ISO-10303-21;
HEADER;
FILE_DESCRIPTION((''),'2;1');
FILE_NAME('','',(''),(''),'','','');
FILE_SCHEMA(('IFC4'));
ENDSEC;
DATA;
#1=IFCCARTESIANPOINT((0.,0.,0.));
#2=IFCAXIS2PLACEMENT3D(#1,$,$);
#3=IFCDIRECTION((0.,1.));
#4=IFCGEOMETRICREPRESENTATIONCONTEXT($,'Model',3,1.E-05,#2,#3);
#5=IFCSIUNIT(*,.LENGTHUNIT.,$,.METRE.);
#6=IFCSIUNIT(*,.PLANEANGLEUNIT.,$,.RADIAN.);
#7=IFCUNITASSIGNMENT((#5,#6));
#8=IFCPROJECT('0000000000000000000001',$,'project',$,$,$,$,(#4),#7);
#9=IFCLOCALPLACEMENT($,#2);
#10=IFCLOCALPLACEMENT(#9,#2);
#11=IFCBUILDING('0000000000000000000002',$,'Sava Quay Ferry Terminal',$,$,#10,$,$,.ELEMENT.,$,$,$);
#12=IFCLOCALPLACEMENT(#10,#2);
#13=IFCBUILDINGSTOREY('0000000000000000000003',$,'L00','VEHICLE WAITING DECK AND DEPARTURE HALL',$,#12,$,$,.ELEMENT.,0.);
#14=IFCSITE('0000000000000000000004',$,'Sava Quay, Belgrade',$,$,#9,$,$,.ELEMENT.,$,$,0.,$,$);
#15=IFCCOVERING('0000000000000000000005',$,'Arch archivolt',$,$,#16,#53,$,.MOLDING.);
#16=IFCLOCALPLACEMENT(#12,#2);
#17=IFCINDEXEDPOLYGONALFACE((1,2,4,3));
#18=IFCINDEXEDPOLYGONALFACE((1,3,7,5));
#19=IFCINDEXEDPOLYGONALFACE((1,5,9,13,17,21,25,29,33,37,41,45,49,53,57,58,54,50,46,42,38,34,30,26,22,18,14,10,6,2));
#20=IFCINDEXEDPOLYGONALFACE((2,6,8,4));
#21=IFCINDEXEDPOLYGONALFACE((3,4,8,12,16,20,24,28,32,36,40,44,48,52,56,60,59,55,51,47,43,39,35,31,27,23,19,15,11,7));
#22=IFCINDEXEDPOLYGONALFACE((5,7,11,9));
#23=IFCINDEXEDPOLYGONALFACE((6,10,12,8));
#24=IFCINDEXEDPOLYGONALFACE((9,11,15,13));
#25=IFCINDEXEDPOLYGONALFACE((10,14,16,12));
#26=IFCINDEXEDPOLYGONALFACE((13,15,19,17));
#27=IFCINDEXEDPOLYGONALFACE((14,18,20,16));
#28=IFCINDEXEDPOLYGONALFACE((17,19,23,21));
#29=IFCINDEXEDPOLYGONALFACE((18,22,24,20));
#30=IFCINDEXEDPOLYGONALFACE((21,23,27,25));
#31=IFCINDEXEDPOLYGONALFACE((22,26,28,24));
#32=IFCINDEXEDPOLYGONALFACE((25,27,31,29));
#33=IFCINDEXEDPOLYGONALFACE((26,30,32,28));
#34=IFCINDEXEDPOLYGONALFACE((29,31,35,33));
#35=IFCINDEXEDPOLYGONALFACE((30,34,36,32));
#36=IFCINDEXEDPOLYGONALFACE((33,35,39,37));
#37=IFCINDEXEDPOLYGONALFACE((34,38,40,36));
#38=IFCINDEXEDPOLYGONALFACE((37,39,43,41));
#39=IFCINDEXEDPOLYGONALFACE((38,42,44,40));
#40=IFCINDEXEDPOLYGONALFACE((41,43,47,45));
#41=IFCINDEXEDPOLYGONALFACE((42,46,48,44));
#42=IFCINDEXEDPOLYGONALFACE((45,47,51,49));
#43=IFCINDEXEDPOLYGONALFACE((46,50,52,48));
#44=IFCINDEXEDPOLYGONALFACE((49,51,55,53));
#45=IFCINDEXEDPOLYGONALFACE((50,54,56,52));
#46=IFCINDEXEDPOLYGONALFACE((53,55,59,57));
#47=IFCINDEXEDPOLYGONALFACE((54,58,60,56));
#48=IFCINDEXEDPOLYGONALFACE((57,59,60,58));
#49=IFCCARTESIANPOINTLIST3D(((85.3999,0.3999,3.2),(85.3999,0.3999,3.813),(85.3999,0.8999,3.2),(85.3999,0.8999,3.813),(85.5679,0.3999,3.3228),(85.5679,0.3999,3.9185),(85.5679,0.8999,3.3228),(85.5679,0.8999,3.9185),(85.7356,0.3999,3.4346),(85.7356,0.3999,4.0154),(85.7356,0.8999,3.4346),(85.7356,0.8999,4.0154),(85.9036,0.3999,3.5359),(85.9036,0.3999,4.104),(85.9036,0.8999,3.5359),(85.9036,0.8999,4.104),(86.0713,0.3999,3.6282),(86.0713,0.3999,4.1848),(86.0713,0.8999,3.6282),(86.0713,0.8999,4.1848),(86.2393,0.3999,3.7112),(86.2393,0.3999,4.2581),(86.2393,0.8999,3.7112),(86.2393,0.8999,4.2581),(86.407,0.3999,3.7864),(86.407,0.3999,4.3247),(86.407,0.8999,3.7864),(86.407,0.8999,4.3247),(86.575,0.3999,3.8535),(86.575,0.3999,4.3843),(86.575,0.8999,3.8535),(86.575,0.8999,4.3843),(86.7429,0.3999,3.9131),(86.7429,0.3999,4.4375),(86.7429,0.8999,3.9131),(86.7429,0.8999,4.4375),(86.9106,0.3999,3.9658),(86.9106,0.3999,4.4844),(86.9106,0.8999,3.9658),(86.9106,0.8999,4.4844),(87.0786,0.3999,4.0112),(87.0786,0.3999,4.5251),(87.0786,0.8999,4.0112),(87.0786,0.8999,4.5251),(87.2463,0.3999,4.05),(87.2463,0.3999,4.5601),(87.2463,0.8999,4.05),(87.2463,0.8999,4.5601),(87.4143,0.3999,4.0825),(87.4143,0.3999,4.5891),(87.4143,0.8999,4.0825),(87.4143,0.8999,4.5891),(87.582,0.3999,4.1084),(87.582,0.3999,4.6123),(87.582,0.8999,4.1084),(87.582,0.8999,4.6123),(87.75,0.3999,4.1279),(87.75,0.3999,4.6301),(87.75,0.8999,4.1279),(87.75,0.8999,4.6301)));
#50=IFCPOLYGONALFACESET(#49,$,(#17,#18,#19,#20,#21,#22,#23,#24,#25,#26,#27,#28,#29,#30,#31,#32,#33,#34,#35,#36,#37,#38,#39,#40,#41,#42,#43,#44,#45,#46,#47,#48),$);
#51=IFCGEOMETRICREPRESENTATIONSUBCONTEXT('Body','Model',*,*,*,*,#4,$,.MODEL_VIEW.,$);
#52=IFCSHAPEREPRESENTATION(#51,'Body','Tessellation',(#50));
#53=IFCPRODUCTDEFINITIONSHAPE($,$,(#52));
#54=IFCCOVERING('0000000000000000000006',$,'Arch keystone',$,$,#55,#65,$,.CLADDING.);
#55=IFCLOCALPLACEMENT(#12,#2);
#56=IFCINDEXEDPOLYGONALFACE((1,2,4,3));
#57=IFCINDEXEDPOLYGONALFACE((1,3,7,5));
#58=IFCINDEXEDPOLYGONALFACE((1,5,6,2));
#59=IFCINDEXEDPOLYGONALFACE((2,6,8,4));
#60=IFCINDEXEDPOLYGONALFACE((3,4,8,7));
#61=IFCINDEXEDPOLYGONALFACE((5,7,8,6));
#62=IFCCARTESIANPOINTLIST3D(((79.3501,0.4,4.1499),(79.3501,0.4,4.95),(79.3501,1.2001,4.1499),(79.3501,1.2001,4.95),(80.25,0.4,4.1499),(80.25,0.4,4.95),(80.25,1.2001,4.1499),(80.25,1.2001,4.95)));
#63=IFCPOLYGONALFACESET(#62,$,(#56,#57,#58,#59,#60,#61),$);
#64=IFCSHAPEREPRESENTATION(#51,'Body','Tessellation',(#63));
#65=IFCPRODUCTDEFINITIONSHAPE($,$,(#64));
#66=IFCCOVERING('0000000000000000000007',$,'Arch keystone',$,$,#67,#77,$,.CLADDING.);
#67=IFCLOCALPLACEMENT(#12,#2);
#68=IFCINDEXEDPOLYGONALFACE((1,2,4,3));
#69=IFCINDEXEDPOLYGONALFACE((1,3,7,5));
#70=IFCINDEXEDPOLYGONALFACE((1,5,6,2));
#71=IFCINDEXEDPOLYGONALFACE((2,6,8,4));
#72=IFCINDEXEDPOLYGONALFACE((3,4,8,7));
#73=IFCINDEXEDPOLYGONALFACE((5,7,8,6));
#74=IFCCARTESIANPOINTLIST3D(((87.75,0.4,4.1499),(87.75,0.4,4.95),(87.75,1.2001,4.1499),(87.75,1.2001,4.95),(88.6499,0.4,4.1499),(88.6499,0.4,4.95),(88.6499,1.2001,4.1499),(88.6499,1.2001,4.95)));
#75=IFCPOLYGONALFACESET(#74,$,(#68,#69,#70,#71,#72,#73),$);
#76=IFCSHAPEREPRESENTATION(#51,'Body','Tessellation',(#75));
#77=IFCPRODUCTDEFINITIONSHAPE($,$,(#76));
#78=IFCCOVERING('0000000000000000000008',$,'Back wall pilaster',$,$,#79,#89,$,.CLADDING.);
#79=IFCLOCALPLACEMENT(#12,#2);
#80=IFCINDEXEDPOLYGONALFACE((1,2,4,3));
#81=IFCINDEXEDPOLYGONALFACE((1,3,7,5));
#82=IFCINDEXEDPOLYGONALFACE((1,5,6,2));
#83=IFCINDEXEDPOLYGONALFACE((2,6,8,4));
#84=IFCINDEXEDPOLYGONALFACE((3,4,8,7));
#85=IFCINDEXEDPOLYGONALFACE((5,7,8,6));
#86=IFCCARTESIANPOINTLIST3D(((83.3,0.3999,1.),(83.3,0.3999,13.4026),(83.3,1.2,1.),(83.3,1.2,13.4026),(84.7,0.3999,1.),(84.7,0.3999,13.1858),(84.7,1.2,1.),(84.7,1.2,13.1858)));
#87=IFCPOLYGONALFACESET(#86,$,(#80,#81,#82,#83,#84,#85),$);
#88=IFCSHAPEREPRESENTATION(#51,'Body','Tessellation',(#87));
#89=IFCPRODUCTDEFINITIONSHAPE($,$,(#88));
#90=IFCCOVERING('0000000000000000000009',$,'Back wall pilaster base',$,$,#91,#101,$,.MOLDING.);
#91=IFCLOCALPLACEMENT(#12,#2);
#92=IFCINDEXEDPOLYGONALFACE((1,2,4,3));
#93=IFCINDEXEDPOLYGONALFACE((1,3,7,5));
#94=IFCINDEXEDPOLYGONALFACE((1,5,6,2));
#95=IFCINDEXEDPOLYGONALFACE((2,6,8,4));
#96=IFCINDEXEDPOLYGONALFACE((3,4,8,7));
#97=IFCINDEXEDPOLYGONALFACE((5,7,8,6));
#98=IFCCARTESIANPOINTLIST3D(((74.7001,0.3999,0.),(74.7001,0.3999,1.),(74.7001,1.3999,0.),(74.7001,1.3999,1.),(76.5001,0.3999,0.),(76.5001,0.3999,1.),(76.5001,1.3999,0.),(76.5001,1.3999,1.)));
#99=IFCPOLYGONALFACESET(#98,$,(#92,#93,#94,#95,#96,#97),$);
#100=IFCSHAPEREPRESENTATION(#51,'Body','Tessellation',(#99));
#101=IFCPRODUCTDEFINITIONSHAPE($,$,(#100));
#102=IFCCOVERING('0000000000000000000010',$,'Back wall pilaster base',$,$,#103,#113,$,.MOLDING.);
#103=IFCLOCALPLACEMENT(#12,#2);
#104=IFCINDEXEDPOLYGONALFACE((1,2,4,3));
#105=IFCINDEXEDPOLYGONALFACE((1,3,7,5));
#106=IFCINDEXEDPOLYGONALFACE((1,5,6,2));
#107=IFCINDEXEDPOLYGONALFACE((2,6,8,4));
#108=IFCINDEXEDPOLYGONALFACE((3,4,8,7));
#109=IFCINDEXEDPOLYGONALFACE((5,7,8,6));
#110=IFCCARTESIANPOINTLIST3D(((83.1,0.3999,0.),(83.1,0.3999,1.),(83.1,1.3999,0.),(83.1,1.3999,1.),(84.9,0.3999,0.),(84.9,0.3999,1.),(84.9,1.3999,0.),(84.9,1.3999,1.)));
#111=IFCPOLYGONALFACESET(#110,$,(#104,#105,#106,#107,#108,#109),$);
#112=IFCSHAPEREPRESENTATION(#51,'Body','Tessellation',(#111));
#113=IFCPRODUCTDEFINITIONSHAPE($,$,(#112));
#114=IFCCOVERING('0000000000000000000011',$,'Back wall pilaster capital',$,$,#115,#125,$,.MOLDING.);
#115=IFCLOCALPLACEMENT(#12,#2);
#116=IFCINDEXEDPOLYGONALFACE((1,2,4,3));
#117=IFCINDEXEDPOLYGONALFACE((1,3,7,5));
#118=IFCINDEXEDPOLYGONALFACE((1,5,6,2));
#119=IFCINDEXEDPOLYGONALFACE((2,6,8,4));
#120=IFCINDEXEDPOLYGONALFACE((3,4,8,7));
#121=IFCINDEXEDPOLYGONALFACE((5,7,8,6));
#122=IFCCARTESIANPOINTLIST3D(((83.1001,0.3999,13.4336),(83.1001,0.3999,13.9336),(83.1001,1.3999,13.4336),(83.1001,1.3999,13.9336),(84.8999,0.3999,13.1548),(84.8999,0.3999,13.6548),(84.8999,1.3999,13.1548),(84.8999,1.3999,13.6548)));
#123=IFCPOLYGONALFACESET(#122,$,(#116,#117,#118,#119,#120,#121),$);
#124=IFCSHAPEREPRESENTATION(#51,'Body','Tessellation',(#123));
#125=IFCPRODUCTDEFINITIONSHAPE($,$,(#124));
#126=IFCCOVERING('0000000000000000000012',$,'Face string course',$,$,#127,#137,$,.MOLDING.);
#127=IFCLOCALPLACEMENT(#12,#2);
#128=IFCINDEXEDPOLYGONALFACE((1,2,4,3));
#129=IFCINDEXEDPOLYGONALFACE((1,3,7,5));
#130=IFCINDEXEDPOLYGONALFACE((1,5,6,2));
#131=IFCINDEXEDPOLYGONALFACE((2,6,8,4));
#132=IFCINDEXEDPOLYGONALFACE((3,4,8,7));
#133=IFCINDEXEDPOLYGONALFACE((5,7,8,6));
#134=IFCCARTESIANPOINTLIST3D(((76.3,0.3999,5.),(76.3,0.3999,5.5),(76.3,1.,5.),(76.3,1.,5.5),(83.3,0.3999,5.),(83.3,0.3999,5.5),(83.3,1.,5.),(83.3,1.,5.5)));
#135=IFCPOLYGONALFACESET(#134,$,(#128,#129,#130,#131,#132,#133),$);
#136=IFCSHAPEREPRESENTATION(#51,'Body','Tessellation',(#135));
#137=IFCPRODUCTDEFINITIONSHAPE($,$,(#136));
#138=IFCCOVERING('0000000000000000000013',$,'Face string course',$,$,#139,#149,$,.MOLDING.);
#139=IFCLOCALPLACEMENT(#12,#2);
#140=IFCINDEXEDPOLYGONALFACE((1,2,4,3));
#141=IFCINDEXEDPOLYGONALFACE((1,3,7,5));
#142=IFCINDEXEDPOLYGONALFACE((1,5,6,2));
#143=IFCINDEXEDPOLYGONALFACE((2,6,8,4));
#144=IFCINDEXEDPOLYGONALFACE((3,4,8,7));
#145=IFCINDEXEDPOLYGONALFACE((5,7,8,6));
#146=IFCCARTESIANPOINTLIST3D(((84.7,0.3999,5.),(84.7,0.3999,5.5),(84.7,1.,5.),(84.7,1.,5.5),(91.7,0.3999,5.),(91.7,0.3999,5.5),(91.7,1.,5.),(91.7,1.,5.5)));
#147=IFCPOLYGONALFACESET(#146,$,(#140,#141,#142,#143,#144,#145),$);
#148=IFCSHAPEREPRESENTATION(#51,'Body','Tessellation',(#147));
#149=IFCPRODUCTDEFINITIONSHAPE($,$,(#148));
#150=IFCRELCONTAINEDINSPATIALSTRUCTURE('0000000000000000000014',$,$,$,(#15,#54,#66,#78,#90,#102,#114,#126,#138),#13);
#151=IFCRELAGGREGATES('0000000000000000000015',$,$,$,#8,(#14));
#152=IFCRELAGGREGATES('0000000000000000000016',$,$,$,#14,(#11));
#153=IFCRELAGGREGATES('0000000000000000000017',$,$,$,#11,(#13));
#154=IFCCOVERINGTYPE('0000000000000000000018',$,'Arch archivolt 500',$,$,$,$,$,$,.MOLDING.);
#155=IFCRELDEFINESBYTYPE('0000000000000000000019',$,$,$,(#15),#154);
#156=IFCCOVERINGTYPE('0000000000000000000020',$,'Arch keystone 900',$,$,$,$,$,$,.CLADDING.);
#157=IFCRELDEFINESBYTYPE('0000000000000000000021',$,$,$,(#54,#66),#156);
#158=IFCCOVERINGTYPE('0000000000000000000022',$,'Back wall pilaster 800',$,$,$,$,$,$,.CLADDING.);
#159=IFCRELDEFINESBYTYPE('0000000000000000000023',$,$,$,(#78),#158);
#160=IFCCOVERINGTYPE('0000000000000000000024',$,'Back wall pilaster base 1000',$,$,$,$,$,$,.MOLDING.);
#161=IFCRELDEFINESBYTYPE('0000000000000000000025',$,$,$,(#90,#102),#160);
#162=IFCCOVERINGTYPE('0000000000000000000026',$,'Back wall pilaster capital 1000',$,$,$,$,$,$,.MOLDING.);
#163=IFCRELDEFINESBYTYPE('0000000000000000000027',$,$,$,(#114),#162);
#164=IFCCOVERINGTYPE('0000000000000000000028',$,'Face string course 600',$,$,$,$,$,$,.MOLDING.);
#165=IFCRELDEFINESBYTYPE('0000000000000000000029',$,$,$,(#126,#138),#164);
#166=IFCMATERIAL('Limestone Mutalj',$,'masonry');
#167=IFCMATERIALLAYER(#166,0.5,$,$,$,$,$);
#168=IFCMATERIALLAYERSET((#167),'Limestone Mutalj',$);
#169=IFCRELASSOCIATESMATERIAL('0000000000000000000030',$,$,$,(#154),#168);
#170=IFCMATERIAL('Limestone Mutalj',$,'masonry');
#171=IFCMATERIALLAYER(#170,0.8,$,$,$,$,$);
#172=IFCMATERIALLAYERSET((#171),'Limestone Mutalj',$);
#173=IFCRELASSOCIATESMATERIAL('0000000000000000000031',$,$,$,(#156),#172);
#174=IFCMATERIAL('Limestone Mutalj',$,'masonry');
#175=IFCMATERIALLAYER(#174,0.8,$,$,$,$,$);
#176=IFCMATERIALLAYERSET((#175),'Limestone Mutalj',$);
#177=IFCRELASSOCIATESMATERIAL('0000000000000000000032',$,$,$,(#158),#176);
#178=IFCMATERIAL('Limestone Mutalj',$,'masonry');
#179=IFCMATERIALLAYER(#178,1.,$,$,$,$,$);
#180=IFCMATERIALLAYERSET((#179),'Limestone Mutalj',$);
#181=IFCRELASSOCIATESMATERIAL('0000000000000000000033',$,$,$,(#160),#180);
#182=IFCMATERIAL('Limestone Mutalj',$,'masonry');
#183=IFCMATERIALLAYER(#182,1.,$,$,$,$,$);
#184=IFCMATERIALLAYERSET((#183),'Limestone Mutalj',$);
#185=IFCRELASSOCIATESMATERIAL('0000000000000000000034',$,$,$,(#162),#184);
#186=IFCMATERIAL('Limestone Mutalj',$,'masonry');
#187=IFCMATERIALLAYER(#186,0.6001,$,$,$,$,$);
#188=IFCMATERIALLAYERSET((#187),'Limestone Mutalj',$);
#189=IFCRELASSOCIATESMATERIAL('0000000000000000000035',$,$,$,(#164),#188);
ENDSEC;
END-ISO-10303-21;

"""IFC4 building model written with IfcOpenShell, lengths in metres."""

from ifc_helpers import new_model, si_unit, direction, frame, origin, origin_2d, place, context, subcontext, project, spatial, polyline, rectangle, outline, extrude, material, layer, layer_set, type_object, element, save


model = new_model("IFC4")

# Units and contexts
model_context = context("Model", 3, precision=1e-05, world=origin(), true_north=direction((0.0, 1.0)))
body_context = subcontext(model_context, "Body", "Model", "MODEL_VIEW")
ifc_project = project(units=[si_unit("LENGTHUNIT", "METRE"), si_unit("PLANEANGLEUNIT", "RADIAN")], contexts=[model_context])

# Site, building, storey
site_placement = place(None, origin())
site = spatial("IfcSite", under=ifc_project, at=site_placement, Name="Sava Quay, Belgrade", CompositionType="ELEMENT", RefElevation=0.0)
building_placement = place(site_placement, origin())
building = spatial("IfcBuilding", under=site, at=building_placement, Name="Sava Quay Ferry Terminal", CompositionType="ELEMENT")
storey_placement = place(building_placement, origin())
storey = spatial("IfcBuildingStorey", under=building, at=storey_placement, Name="L00", Description="VEHICLE WAITING DECK AND DEPARTURE HALL", CompositionType="ELEMENT", Elevation=0.0)

# Coverings
ifc_material_1 = material(Name="Limestone Mutalj", Category="masonry")
ifc_layer_1 = layer(ifc_material_1, 0.5)
ifc_layer_set_1 = layer_set([ifc_layer_1], Name="Limestone Mutalj")
covering_type_1 = type_object("IfcCoveringType", Name="Arch archivolt 500", PredefinedType="MOLDING", material=ifc_layer_set_1)
covering_1_placement = place(storey_placement, frame((85.3999, 0.3999, 3.2), z_axis=(0.0, -1.0, 0.0), x_axis=(0.807262, 0.0, 0.590193)))
element("IfcCovering", 1, at=covering_1_placement, inside=storey, type_object=covering_type_1, Name="Arch archivolt", PredefinedType="MOLDING", context=body_context, shape_type="SweptSolid", body=[
    extrude(outline(polyline([(0.0, 0.0), (0.2081, 0.0), (0.4095, -0.0087), (0.6049, -0.0261), (0.7947, -0.0506), (0.9793, -0.0827), (1.1591, -0.121), (1.3343, -0.1659), (1.5051, -0.217), (1.6716, -0.2734), (1.834, -0.3358), (1.9923, -0.4035), (2.147, -0.4764), (2.2977, -0.5545), (2.4448, -0.6379), (2.7412, -0.2325), (2.5951, -0.1477), (2.446, -0.0675), (2.2933, 0.0082), (2.1373, 0.079), (1.9776, 0.1452), (1.8146, 0.2064), (1.6476, 0.2626), (1.4768, 0.3136), (1.3021, 0.3588), (1.1232, 0.3988), (0.9402, 0.4325), (0.7523, 0.4601), (0.5597, 0.4809), (0.3618, 0.4949), (0.0, 0.0)])), origin(), (0.0, 0.0, -1.0), 0.5),
])
ifc_material_2 = material(Name="Limestone Mutalj", Category="masonry")
ifc_layer_2 = layer(ifc_material_2, 0.8)
ifc_layer_set_2 = layer_set([ifc_layer_2], Name="Limestone Mutalj")
covering_type_2 = type_object("IfcCoveringType", Name="Arch keystone 900", PredefinedType="CLADDING", material=ifc_layer_set_2)
for number, where, z_axis, x_axis, name in (
    (2, (79.8, 0.8, 4.1499), (0.0, 0.0, 1.0), (1.0, 0.0, 0.0), "Arch keystone"),
    (3, (88.2, 0.8, 4.1499), (0.0, 0.0, 1.0), (1.0, 0.0, 0.0), "Arch keystone"),
):
    element("IfcCovering", number, at=place(storey_placement, frame(where, z_axis=z_axis, x_axis=x_axis)), inside=storey, type_object=covering_type_2, Name=name, PredefinedType="CLADDING", context=body_context, shape_type="SweptSolid", body=[
        extrude(rectangle(XDim=0.8999, YDim=0.8, at=origin_2d()), origin(), (0.0, 0.0, 1.0), 0.8),
    ])
ifc_material_3 = material(Name="Limestone Mutalj", Category="masonry")
ifc_layer_3 = layer(ifc_material_3, 0.8)
ifc_layer_set_3 = layer_set([ifc_layer_3], Name="Limestone Mutalj")
covering_type_3 = type_object("IfcCoveringType", Name="Back wall pilaster 800", PredefinedType="CLADDING", material=ifc_layer_set_3)
covering_2_placement = place(storey_placement, frame((83.3, 0.3999, 1.0), z_axis=(0.0, -1.0, 0.0), x_axis=(1.0, 0.0, 0.0)))
element("IfcCovering", 4, at=covering_2_placement, inside=storey, type_object=covering_type_3, Name="Back wall pilaster", PredefinedType="CLADDING", context=body_context, shape_type="SweptSolid", body=[
    extrude(outline(polyline([(0.0, 0.0), (1.3999, 0.0), (1.3999, 12.1858), (0.0, 12.4026), (0.0, 0.0)])), origin(), (0.0, 0.0, -1.0), 0.8),
])
ifc_material_4 = material(Name="Limestone Mutalj", Category="masonry")
ifc_layer_4 = layer(ifc_material_4, 1.0)
ifc_layer_set_4 = layer_set([ifc_layer_4], Name="Limestone Mutalj")
covering_type_4 = type_object("IfcCoveringType", Name="Back wall pilaster base 1000", PredefinedType="MOLDING", material=ifc_layer_set_4)
for number, where, z_axis, x_axis, name in (
    (5, (75.6001, 0.8999, 0.0), (0.0, 0.0, 1.0), (1.0, 0.0, 0.0), "Back wall pilaster base"),
    (6, (84.0, 0.8999, 0.0), (0.0, 0.0, 1.0), (1.0, 0.0, 0.0), "Back wall pilaster base"),
):
    element("IfcCovering", number, at=place(storey_placement, frame(where, z_axis=z_axis, x_axis=x_axis)), inside=storey, type_object=covering_type_4, Name=name, PredefinedType="MOLDING", context=body_context, shape_type="SweptSolid", body=[
        extrude(rectangle(XDim=1.8, YDim=1.0, at=origin_2d()), origin(), (0.0, 0.0, 1.0), 1.0),
    ])
ifc_material_5 = material(Name="Limestone Mutalj", Category="masonry")
ifc_layer_5 = layer(ifc_material_5, 1.0)
ifc_layer_set_5 = layer_set([ifc_layer_5], Name="Limestone Mutalj")
covering_type_5 = type_object("IfcCoveringType", Name="Back wall pilaster capital 1000", PredefinedType="MOLDING", material=ifc_layer_set_5)
covering_3_placement = place(storey_placement, frame((83.1001, 0.3999, 13.4336), z_axis=(0.0, -1.0, 0.0), x_axis=(0.988213, 0.0, -0.153085)))
element("IfcCovering", 7, at=covering_3_placement, inside=storey, type_object=covering_type_5, Name="Back wall pilaster capital", PredefinedType="MOLDING", context=body_context, shape_type="SweptSolid", body=[
    extrude(outline(polyline([(0.0, 0.0), (1.8213, 0.0), (1.7447, 0.4941), (-0.0765, 0.4941), (0.0, 0.0)])), origin(), (0.0, 0.0, -1.0), 1.0),
])
ifc_material_6 = material(Name="Limestone Mutalj", Category="masonry")
ifc_layer_6 = layer(ifc_material_6, 0.6001)
ifc_layer_set_6 = layer_set([ifc_layer_6], Name="Limestone Mutalj")
covering_type_6 = type_object("IfcCoveringType", Name="Face string course 600", PredefinedType="MOLDING", material=ifc_layer_set_6)
for number, where, z_axis, x_axis, name in (
    (8, (79.8, 0.7, 5.0), (0.0, 0.0, 1.0), (1.0, 0.0, 0.0), "Face string course"),
    (9, (88.2, 0.7, 5.0), (0.0, 0.0, 1.0), (1.0, 0.0, 0.0), "Face string course"),
):
    element("IfcCovering", number, at=place(storey_placement, frame(where, z_axis=z_axis, x_axis=x_axis)), inside=storey, type_object=covering_type_6, Name=name, PredefinedType="MOLDING", context=body_context, shape_type="SweptSolid", body=[
        extrude(rectangle(XDim=7.0, YDim=0.6001, at=origin_2d()), origin(), (0.0, 0.0, 1.0), 0.5),
    ])

save(model, "model.ifc")
